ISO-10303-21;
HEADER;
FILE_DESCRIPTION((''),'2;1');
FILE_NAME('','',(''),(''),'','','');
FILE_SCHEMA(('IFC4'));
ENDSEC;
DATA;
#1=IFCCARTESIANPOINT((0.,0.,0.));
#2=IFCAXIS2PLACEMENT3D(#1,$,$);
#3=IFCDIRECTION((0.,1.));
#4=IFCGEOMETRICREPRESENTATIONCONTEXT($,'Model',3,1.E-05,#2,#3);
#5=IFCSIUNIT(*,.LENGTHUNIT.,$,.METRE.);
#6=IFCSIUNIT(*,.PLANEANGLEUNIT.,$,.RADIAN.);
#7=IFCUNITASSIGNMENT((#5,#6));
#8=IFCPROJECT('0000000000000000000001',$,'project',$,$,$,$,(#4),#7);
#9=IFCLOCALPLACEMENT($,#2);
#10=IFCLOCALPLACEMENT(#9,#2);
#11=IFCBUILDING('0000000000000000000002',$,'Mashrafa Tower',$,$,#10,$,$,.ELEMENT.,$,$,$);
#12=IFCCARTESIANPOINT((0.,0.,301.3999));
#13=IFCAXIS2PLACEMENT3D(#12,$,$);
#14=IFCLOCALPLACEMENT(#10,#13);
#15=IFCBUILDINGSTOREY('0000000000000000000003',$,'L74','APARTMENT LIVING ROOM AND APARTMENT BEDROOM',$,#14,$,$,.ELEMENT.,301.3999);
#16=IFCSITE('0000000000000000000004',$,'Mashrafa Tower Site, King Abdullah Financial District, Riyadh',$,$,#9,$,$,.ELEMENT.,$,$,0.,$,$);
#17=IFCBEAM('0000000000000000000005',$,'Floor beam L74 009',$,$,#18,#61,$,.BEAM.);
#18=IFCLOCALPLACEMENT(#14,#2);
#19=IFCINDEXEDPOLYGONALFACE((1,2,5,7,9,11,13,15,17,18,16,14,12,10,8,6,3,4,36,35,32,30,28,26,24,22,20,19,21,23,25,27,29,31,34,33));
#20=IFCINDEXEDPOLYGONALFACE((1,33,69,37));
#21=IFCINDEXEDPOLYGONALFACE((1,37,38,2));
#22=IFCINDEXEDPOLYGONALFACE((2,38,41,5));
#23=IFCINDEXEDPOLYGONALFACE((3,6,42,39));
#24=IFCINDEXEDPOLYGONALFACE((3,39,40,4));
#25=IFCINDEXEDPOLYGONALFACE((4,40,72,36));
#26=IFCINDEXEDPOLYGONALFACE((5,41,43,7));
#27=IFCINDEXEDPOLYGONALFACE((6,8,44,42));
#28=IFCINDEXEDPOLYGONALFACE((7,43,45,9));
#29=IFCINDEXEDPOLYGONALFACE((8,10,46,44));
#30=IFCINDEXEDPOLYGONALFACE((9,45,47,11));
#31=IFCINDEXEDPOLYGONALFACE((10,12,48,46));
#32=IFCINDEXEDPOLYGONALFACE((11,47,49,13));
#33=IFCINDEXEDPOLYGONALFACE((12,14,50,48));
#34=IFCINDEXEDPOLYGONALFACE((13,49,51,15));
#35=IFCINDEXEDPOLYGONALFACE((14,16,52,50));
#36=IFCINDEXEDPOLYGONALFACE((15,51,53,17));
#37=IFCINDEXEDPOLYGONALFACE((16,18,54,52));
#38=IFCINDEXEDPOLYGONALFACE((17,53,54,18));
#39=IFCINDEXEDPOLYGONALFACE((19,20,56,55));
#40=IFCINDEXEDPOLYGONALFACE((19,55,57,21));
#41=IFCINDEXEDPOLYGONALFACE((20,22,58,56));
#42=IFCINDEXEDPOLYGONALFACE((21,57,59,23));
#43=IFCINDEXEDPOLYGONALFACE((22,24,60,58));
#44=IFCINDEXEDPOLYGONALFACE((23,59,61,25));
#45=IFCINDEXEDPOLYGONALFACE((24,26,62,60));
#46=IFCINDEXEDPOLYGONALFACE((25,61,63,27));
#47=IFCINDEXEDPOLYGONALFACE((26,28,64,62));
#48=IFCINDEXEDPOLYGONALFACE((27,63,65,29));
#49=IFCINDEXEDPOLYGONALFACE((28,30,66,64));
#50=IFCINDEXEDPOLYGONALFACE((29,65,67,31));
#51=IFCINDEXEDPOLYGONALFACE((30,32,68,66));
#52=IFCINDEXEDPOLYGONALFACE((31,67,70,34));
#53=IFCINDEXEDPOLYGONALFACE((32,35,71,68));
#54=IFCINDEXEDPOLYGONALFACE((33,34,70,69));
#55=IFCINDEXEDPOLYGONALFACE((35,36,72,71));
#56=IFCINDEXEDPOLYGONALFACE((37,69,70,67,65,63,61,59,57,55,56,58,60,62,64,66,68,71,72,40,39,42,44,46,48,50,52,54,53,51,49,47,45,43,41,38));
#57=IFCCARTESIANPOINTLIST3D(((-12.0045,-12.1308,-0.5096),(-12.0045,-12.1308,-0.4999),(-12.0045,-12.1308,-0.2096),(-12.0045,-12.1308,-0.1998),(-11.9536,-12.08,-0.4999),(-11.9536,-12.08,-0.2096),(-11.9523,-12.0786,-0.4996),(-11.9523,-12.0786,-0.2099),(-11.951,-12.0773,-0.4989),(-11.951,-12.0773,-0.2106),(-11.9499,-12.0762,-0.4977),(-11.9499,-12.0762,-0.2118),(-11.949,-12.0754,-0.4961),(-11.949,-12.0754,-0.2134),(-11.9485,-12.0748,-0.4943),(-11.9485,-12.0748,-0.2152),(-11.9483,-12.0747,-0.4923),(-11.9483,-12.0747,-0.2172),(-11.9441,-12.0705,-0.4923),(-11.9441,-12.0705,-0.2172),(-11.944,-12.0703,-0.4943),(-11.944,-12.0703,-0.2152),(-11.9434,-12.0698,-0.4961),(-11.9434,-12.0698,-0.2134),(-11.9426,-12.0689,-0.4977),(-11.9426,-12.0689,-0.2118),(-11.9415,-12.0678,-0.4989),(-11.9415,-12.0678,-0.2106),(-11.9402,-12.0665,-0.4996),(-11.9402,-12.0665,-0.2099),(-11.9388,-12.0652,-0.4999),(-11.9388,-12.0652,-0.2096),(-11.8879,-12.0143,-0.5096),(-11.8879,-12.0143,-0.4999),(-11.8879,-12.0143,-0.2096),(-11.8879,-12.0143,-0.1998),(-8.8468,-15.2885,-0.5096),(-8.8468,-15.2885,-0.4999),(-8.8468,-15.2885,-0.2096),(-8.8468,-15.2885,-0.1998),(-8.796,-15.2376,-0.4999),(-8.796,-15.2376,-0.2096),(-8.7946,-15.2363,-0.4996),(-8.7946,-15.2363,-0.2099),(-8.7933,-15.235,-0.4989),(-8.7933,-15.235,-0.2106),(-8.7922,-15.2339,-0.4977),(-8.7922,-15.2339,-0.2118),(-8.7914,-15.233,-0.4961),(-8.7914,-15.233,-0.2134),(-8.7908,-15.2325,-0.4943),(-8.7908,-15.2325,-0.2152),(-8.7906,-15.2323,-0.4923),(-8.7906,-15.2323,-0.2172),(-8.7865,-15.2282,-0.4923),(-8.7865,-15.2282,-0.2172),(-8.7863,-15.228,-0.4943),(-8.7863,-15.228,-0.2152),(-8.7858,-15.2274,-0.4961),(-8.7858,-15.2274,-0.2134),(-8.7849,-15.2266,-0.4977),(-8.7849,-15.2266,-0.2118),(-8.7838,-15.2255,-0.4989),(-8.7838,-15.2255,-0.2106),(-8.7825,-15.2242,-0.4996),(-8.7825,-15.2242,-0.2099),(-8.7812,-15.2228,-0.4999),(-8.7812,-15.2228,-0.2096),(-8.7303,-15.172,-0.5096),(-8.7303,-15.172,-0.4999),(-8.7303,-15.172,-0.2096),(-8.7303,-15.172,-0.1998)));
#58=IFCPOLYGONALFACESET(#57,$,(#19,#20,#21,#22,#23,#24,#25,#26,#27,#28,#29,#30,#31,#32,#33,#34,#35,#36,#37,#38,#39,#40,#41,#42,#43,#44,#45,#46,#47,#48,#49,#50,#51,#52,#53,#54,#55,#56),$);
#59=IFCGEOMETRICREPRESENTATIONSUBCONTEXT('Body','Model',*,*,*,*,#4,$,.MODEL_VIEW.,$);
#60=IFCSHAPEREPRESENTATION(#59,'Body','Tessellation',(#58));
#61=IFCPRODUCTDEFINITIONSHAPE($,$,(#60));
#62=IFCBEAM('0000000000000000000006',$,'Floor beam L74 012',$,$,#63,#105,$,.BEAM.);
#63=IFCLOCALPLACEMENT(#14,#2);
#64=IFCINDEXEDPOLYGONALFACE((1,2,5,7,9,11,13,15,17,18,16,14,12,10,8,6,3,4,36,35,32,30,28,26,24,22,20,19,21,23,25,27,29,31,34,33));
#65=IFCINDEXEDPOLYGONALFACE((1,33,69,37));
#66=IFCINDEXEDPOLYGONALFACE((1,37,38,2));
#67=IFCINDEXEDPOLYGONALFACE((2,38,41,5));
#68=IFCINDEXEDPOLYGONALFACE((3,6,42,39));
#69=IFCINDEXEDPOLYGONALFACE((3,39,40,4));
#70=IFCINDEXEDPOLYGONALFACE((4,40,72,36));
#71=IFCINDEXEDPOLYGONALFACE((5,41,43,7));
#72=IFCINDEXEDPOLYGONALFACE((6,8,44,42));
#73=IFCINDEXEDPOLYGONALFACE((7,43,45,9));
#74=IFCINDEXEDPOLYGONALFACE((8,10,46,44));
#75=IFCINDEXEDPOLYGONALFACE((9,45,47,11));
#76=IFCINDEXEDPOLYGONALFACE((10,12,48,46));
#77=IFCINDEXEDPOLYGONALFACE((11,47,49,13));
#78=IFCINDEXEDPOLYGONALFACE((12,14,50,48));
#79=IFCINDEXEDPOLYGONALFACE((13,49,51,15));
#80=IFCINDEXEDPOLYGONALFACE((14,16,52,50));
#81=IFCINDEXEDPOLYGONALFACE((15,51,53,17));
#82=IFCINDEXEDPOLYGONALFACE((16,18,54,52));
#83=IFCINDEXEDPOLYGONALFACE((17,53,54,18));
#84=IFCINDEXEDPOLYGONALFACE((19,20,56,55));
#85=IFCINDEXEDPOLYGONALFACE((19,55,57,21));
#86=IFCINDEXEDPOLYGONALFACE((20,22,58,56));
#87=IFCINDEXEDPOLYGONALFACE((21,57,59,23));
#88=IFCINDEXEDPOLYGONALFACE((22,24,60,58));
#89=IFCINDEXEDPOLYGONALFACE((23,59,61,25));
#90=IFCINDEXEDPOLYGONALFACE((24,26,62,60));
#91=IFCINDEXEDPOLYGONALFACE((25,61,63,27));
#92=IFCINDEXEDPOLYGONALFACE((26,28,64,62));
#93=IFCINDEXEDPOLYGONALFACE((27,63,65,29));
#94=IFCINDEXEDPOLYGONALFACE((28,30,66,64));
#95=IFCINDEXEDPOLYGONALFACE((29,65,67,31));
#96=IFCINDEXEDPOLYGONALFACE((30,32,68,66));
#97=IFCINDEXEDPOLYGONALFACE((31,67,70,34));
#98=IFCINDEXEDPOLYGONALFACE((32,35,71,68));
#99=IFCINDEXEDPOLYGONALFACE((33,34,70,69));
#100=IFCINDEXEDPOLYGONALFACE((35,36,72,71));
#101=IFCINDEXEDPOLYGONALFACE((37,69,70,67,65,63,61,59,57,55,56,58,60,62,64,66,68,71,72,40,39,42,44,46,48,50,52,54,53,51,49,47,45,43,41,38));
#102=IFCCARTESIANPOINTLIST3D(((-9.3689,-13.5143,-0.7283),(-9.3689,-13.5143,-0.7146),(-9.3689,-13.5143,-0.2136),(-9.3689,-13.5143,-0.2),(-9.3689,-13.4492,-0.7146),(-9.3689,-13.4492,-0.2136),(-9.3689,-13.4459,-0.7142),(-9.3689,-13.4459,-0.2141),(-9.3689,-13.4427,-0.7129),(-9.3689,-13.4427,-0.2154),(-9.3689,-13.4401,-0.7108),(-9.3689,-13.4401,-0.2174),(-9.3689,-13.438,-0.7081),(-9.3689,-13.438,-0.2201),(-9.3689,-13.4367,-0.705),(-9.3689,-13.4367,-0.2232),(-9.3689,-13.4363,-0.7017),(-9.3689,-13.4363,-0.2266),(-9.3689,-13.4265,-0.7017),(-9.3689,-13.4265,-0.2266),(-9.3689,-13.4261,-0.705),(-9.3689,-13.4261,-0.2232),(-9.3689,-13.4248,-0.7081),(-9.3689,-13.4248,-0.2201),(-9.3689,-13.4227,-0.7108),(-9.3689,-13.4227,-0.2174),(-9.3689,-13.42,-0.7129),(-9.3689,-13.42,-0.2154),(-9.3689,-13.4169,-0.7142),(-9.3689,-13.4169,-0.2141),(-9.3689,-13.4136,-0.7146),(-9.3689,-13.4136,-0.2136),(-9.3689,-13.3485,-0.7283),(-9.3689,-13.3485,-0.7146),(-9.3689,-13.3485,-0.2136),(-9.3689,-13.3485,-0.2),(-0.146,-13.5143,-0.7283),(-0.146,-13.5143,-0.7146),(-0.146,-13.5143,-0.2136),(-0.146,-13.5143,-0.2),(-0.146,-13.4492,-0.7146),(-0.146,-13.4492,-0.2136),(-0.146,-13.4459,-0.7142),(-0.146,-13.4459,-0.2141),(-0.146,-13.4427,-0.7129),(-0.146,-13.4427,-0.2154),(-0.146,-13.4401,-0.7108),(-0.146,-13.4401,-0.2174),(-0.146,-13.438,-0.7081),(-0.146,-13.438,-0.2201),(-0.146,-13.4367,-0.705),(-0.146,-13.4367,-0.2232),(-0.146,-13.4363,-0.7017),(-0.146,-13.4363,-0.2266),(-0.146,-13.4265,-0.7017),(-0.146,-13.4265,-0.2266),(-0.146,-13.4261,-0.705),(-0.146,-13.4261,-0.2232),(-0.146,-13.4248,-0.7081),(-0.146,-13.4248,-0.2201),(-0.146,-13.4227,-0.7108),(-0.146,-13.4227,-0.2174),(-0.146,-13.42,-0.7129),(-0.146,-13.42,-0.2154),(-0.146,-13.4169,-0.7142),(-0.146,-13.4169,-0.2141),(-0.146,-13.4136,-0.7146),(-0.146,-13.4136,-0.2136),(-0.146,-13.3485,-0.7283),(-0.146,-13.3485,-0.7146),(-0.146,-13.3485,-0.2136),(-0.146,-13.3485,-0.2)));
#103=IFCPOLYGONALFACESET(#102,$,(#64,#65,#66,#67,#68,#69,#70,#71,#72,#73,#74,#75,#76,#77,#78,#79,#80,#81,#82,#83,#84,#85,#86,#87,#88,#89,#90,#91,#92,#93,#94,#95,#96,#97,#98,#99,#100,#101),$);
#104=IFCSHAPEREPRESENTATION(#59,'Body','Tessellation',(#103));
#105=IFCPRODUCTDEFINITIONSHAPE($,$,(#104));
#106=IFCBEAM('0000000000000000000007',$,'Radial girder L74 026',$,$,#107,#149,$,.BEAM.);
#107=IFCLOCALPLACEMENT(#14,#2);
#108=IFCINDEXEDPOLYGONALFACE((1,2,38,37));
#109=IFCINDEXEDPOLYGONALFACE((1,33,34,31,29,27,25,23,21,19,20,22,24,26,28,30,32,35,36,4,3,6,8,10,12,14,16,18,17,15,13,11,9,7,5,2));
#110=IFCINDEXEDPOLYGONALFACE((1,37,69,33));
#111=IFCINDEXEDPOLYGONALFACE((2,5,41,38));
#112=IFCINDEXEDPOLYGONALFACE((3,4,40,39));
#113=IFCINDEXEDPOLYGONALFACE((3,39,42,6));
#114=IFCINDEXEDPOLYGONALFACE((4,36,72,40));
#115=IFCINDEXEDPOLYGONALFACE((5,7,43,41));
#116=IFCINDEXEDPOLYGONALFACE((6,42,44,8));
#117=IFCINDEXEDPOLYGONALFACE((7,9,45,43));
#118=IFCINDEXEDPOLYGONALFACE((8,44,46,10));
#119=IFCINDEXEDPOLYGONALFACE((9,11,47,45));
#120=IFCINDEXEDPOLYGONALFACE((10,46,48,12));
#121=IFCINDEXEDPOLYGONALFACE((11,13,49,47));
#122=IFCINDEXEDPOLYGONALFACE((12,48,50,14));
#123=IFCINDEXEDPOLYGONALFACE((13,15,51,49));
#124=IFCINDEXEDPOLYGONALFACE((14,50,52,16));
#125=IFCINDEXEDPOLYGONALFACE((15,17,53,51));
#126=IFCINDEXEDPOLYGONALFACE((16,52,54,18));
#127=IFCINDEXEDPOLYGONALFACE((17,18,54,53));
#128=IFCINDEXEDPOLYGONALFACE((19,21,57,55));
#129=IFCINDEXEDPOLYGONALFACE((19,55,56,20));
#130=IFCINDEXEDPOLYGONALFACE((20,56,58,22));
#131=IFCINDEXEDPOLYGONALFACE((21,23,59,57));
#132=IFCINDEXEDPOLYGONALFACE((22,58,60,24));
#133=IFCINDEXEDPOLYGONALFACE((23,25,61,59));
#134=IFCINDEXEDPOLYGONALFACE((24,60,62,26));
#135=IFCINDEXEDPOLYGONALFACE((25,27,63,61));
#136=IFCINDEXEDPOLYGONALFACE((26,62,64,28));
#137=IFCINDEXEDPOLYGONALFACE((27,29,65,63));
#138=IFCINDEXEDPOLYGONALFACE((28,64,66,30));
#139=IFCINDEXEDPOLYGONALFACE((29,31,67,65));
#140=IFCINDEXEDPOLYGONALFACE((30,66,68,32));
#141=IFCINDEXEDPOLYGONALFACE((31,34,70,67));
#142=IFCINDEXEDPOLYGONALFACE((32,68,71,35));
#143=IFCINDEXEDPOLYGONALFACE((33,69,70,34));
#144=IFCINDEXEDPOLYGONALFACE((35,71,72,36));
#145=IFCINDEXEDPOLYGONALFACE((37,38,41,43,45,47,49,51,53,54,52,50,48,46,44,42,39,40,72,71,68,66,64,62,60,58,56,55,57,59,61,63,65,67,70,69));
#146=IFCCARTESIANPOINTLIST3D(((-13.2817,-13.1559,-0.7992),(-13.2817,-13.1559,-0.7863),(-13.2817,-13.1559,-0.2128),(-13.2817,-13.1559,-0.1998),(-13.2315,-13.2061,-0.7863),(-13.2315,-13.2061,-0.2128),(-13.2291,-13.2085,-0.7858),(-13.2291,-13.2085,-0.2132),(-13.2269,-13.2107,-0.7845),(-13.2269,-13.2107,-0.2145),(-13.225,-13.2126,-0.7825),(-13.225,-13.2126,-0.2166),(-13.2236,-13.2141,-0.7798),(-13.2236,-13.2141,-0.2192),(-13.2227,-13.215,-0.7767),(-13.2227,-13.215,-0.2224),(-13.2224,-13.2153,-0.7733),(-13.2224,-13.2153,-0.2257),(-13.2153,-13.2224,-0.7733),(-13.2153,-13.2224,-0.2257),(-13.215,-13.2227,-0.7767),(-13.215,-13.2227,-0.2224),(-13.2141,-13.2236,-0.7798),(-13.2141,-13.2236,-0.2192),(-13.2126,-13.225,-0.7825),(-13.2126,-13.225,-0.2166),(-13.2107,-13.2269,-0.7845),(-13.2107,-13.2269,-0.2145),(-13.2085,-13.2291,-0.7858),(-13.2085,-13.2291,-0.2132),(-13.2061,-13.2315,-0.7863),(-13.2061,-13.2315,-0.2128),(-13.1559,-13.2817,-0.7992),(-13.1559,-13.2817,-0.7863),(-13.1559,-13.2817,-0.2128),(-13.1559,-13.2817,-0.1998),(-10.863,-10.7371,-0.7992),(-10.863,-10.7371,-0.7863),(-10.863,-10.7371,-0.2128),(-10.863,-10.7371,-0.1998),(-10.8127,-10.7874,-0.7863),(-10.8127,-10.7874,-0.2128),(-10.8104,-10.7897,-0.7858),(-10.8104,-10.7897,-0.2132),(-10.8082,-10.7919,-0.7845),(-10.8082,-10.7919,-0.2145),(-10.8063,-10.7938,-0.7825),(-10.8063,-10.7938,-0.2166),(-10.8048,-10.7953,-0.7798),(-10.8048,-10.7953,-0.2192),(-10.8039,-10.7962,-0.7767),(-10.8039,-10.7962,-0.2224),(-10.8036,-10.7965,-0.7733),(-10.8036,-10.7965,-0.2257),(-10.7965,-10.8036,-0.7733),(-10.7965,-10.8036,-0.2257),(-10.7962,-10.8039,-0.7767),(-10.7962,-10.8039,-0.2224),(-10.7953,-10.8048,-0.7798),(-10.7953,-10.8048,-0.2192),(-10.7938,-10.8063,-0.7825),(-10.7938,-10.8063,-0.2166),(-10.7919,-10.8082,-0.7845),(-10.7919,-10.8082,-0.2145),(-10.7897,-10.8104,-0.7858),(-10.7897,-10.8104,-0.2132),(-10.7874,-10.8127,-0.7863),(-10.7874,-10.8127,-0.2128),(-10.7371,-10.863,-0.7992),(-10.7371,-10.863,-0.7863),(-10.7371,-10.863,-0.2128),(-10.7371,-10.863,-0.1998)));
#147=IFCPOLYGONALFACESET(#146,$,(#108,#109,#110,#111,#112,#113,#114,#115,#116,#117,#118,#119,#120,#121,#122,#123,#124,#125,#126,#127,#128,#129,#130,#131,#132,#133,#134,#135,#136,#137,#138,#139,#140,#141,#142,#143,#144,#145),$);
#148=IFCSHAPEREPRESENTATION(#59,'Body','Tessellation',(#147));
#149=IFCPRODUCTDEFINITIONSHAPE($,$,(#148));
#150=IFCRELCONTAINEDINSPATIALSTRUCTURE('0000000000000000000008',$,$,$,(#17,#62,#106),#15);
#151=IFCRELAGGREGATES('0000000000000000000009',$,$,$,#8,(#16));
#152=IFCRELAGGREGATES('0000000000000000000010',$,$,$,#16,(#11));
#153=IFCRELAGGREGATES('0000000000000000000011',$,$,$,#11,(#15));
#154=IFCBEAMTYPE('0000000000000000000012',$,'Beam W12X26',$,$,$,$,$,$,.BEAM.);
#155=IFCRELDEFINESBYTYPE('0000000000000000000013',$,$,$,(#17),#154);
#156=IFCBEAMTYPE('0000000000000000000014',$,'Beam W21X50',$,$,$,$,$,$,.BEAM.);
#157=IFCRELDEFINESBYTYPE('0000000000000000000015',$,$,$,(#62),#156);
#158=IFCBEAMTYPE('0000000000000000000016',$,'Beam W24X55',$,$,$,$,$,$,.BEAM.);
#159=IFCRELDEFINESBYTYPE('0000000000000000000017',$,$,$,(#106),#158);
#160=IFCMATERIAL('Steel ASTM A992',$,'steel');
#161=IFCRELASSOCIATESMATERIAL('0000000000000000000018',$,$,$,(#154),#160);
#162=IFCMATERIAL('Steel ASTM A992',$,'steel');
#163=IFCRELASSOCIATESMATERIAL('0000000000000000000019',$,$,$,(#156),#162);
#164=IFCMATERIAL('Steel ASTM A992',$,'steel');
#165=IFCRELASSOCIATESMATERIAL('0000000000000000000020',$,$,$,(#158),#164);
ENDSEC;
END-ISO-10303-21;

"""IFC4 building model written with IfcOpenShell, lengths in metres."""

from ifc_helpers import new_model, si_unit, direction, frame, origin, origin_2d, place, context, subcontext, project, spatial, i_section, extrude, material, material_profile, profile_set, type_object, element, save


model = new_model("IFC4")

# Units and contexts
model_context = context("Model", 3, precision=1e-05, world=origin(), true_north=direction((0.0, 1.0)))
body_context = subcontext(model_context, "Body", "Model", "MODEL_VIEW")
ifc_project = project(units=[si_unit("LENGTHUNIT", "METRE"), si_unit("PLANEANGLEUNIT", "RADIAN")], contexts=[model_context])

# Site, building, storey
site_placement = place(None, origin())
site = spatial("IfcSite", under=ifc_project, at=site_placement, Name="Mashrafa Tower Site, King Abdullah Financial District, Riyadh", CompositionType="ELEMENT", RefElevation=0.0)
building_placement = place(site_placement, origin())
building = spatial("IfcBuilding", under=site, at=building_placement, Name="Mashrafa Tower", CompositionType="ELEMENT")
storey_placement = place(building_placement, frame((0.0, 0.0, 301.3999)))
storey = spatial("IfcBuildingStorey", under=building, at=storey_placement, Name="L74", Description="APARTMENT LIVING ROOM AND APARTMENT BEDROOM", CompositionType="ELEMENT", Elevation=301.3999)

# Beams
ifc_material_1 = material(Name="Steel ASTM A992", Category="steel")
ifc_material_profile_1 = material_profile(ifc_material_1, i_section(OverallWidth=0.1648, OverallDepth=0.3098, WebThickness=0.0059, FlangeThickness=0.0098, FilletRadius=0.0076, at=origin_2d()), Name="W12X26")
ifc_profile_set_1 = profile_set([ifc_material_profile_1], Name="Steel ASTM A992")
beam_type_1 = type_object("IfcBeamType", Name="Beam W12X26", PredefinedType="BEAM", material=ifc_profile_set_1)
beam_1_placement = place(storey_placement, frame((-8.7886, -15.2302, -0.3547), z_axis=(-0.707107, 0.707107, 0.0), x_axis=(-0.707107, -0.707107, 0.0)))
element("IfcBeam", 1, at=beam_1_placement, inside=storey, type_object=beam_type_1, Name="Floor beam L74 009", PredefinedType="BEAM", context=body_context, shape_type="SweptSolid", body=[
    extrude(i_section(OverallWidth=0.1648, OverallDepth=0.3098, WebThickness=0.0059, FlangeThickness=0.0098, FilletRadius=0.0076, at=origin_2d()), origin(), (0.0, 0.0, 1.0), 4.4656),
])
ifc_material_2 = material(Name="Steel ASTM A992", Category="steel")
ifc_material_profile_2 = material_profile(ifc_material_2, i_section(OverallWidth=0.1658, OverallDepth=0.5283, WebThickness=0.0098, FlangeThickness=0.0137, FilletRadius=0.0129, at=origin_2d()), Name="W21X50")
ifc_profile_set_2 = profile_set([ifc_material_profile_2], Name="Steel ASTM A992")
beam_type_2 = type_object("IfcBeamType", Name="Beam W21X50", PredefinedType="BEAM", material=ifc_profile_set_2)
beam_2_placement = place(storey_placement, frame((-0.146, -13.4314, -0.4641), z_axis=(-1.0, 0.0, 0.0), x_axis=(0.0, -1.0, 0.0)))
element("IfcBeam", 2, at=beam_2_placement, inside=storey, type_object=beam_type_2, Name="Floor beam L74 012", PredefinedType="BEAM", context=body_context, shape_type="SweptSolid", body=[
    extrude(i_section(OverallWidth=0.1658, OverallDepth=0.5283, WebThickness=0.0098, FlangeThickness=0.0137, FilletRadius=0.0129, at=origin_2d()), origin(), (0.0, 0.0, 1.0), 9.2229),
])
ifc_material_3 = material(Name="Steel ASTM A992", Category="steel")
ifc_material_profile_3 = material_profile(ifc_material_3, i_section(OverallWidth=0.178, OverallDepth=0.5994, WebThickness=0.01, FlangeThickness=0.0129, FilletRadius=0.0129, at=origin_2d()), Name="W24X55")
ifc_profile_set_3 = profile_set([ifc_material_profile_3], Name="Steel ASTM A992")
beam_type_3 = type_object("IfcBeamType", Name="Beam W24X55", PredefinedType="BEAM", material=ifc_profile_set_3)
beam_3_placement = place(storey_placement, frame((-10.8, -10.8, -0.4995), z_axis=(-0.707107, -0.707107, 0.0), x_axis=(0.707107, -0.707107, 0.0)))
element("IfcBeam", 3, at=beam_3_placement, inside=storey, type_object=beam_type_3, Name="Radial girder L74 026", PredefinedType="BEAM", context=body_context, shape_type="SweptSolid", body=[
    extrude(i_section(OverallWidth=0.178, OverallDepth=0.5994, WebThickness=0.01, FlangeThickness=0.0129, FilletRadius=0.0129, at=origin_2d()), origin(), (0.0, 0.0, 1.0), 3.4207),
])

save(model, "model.ifc")
